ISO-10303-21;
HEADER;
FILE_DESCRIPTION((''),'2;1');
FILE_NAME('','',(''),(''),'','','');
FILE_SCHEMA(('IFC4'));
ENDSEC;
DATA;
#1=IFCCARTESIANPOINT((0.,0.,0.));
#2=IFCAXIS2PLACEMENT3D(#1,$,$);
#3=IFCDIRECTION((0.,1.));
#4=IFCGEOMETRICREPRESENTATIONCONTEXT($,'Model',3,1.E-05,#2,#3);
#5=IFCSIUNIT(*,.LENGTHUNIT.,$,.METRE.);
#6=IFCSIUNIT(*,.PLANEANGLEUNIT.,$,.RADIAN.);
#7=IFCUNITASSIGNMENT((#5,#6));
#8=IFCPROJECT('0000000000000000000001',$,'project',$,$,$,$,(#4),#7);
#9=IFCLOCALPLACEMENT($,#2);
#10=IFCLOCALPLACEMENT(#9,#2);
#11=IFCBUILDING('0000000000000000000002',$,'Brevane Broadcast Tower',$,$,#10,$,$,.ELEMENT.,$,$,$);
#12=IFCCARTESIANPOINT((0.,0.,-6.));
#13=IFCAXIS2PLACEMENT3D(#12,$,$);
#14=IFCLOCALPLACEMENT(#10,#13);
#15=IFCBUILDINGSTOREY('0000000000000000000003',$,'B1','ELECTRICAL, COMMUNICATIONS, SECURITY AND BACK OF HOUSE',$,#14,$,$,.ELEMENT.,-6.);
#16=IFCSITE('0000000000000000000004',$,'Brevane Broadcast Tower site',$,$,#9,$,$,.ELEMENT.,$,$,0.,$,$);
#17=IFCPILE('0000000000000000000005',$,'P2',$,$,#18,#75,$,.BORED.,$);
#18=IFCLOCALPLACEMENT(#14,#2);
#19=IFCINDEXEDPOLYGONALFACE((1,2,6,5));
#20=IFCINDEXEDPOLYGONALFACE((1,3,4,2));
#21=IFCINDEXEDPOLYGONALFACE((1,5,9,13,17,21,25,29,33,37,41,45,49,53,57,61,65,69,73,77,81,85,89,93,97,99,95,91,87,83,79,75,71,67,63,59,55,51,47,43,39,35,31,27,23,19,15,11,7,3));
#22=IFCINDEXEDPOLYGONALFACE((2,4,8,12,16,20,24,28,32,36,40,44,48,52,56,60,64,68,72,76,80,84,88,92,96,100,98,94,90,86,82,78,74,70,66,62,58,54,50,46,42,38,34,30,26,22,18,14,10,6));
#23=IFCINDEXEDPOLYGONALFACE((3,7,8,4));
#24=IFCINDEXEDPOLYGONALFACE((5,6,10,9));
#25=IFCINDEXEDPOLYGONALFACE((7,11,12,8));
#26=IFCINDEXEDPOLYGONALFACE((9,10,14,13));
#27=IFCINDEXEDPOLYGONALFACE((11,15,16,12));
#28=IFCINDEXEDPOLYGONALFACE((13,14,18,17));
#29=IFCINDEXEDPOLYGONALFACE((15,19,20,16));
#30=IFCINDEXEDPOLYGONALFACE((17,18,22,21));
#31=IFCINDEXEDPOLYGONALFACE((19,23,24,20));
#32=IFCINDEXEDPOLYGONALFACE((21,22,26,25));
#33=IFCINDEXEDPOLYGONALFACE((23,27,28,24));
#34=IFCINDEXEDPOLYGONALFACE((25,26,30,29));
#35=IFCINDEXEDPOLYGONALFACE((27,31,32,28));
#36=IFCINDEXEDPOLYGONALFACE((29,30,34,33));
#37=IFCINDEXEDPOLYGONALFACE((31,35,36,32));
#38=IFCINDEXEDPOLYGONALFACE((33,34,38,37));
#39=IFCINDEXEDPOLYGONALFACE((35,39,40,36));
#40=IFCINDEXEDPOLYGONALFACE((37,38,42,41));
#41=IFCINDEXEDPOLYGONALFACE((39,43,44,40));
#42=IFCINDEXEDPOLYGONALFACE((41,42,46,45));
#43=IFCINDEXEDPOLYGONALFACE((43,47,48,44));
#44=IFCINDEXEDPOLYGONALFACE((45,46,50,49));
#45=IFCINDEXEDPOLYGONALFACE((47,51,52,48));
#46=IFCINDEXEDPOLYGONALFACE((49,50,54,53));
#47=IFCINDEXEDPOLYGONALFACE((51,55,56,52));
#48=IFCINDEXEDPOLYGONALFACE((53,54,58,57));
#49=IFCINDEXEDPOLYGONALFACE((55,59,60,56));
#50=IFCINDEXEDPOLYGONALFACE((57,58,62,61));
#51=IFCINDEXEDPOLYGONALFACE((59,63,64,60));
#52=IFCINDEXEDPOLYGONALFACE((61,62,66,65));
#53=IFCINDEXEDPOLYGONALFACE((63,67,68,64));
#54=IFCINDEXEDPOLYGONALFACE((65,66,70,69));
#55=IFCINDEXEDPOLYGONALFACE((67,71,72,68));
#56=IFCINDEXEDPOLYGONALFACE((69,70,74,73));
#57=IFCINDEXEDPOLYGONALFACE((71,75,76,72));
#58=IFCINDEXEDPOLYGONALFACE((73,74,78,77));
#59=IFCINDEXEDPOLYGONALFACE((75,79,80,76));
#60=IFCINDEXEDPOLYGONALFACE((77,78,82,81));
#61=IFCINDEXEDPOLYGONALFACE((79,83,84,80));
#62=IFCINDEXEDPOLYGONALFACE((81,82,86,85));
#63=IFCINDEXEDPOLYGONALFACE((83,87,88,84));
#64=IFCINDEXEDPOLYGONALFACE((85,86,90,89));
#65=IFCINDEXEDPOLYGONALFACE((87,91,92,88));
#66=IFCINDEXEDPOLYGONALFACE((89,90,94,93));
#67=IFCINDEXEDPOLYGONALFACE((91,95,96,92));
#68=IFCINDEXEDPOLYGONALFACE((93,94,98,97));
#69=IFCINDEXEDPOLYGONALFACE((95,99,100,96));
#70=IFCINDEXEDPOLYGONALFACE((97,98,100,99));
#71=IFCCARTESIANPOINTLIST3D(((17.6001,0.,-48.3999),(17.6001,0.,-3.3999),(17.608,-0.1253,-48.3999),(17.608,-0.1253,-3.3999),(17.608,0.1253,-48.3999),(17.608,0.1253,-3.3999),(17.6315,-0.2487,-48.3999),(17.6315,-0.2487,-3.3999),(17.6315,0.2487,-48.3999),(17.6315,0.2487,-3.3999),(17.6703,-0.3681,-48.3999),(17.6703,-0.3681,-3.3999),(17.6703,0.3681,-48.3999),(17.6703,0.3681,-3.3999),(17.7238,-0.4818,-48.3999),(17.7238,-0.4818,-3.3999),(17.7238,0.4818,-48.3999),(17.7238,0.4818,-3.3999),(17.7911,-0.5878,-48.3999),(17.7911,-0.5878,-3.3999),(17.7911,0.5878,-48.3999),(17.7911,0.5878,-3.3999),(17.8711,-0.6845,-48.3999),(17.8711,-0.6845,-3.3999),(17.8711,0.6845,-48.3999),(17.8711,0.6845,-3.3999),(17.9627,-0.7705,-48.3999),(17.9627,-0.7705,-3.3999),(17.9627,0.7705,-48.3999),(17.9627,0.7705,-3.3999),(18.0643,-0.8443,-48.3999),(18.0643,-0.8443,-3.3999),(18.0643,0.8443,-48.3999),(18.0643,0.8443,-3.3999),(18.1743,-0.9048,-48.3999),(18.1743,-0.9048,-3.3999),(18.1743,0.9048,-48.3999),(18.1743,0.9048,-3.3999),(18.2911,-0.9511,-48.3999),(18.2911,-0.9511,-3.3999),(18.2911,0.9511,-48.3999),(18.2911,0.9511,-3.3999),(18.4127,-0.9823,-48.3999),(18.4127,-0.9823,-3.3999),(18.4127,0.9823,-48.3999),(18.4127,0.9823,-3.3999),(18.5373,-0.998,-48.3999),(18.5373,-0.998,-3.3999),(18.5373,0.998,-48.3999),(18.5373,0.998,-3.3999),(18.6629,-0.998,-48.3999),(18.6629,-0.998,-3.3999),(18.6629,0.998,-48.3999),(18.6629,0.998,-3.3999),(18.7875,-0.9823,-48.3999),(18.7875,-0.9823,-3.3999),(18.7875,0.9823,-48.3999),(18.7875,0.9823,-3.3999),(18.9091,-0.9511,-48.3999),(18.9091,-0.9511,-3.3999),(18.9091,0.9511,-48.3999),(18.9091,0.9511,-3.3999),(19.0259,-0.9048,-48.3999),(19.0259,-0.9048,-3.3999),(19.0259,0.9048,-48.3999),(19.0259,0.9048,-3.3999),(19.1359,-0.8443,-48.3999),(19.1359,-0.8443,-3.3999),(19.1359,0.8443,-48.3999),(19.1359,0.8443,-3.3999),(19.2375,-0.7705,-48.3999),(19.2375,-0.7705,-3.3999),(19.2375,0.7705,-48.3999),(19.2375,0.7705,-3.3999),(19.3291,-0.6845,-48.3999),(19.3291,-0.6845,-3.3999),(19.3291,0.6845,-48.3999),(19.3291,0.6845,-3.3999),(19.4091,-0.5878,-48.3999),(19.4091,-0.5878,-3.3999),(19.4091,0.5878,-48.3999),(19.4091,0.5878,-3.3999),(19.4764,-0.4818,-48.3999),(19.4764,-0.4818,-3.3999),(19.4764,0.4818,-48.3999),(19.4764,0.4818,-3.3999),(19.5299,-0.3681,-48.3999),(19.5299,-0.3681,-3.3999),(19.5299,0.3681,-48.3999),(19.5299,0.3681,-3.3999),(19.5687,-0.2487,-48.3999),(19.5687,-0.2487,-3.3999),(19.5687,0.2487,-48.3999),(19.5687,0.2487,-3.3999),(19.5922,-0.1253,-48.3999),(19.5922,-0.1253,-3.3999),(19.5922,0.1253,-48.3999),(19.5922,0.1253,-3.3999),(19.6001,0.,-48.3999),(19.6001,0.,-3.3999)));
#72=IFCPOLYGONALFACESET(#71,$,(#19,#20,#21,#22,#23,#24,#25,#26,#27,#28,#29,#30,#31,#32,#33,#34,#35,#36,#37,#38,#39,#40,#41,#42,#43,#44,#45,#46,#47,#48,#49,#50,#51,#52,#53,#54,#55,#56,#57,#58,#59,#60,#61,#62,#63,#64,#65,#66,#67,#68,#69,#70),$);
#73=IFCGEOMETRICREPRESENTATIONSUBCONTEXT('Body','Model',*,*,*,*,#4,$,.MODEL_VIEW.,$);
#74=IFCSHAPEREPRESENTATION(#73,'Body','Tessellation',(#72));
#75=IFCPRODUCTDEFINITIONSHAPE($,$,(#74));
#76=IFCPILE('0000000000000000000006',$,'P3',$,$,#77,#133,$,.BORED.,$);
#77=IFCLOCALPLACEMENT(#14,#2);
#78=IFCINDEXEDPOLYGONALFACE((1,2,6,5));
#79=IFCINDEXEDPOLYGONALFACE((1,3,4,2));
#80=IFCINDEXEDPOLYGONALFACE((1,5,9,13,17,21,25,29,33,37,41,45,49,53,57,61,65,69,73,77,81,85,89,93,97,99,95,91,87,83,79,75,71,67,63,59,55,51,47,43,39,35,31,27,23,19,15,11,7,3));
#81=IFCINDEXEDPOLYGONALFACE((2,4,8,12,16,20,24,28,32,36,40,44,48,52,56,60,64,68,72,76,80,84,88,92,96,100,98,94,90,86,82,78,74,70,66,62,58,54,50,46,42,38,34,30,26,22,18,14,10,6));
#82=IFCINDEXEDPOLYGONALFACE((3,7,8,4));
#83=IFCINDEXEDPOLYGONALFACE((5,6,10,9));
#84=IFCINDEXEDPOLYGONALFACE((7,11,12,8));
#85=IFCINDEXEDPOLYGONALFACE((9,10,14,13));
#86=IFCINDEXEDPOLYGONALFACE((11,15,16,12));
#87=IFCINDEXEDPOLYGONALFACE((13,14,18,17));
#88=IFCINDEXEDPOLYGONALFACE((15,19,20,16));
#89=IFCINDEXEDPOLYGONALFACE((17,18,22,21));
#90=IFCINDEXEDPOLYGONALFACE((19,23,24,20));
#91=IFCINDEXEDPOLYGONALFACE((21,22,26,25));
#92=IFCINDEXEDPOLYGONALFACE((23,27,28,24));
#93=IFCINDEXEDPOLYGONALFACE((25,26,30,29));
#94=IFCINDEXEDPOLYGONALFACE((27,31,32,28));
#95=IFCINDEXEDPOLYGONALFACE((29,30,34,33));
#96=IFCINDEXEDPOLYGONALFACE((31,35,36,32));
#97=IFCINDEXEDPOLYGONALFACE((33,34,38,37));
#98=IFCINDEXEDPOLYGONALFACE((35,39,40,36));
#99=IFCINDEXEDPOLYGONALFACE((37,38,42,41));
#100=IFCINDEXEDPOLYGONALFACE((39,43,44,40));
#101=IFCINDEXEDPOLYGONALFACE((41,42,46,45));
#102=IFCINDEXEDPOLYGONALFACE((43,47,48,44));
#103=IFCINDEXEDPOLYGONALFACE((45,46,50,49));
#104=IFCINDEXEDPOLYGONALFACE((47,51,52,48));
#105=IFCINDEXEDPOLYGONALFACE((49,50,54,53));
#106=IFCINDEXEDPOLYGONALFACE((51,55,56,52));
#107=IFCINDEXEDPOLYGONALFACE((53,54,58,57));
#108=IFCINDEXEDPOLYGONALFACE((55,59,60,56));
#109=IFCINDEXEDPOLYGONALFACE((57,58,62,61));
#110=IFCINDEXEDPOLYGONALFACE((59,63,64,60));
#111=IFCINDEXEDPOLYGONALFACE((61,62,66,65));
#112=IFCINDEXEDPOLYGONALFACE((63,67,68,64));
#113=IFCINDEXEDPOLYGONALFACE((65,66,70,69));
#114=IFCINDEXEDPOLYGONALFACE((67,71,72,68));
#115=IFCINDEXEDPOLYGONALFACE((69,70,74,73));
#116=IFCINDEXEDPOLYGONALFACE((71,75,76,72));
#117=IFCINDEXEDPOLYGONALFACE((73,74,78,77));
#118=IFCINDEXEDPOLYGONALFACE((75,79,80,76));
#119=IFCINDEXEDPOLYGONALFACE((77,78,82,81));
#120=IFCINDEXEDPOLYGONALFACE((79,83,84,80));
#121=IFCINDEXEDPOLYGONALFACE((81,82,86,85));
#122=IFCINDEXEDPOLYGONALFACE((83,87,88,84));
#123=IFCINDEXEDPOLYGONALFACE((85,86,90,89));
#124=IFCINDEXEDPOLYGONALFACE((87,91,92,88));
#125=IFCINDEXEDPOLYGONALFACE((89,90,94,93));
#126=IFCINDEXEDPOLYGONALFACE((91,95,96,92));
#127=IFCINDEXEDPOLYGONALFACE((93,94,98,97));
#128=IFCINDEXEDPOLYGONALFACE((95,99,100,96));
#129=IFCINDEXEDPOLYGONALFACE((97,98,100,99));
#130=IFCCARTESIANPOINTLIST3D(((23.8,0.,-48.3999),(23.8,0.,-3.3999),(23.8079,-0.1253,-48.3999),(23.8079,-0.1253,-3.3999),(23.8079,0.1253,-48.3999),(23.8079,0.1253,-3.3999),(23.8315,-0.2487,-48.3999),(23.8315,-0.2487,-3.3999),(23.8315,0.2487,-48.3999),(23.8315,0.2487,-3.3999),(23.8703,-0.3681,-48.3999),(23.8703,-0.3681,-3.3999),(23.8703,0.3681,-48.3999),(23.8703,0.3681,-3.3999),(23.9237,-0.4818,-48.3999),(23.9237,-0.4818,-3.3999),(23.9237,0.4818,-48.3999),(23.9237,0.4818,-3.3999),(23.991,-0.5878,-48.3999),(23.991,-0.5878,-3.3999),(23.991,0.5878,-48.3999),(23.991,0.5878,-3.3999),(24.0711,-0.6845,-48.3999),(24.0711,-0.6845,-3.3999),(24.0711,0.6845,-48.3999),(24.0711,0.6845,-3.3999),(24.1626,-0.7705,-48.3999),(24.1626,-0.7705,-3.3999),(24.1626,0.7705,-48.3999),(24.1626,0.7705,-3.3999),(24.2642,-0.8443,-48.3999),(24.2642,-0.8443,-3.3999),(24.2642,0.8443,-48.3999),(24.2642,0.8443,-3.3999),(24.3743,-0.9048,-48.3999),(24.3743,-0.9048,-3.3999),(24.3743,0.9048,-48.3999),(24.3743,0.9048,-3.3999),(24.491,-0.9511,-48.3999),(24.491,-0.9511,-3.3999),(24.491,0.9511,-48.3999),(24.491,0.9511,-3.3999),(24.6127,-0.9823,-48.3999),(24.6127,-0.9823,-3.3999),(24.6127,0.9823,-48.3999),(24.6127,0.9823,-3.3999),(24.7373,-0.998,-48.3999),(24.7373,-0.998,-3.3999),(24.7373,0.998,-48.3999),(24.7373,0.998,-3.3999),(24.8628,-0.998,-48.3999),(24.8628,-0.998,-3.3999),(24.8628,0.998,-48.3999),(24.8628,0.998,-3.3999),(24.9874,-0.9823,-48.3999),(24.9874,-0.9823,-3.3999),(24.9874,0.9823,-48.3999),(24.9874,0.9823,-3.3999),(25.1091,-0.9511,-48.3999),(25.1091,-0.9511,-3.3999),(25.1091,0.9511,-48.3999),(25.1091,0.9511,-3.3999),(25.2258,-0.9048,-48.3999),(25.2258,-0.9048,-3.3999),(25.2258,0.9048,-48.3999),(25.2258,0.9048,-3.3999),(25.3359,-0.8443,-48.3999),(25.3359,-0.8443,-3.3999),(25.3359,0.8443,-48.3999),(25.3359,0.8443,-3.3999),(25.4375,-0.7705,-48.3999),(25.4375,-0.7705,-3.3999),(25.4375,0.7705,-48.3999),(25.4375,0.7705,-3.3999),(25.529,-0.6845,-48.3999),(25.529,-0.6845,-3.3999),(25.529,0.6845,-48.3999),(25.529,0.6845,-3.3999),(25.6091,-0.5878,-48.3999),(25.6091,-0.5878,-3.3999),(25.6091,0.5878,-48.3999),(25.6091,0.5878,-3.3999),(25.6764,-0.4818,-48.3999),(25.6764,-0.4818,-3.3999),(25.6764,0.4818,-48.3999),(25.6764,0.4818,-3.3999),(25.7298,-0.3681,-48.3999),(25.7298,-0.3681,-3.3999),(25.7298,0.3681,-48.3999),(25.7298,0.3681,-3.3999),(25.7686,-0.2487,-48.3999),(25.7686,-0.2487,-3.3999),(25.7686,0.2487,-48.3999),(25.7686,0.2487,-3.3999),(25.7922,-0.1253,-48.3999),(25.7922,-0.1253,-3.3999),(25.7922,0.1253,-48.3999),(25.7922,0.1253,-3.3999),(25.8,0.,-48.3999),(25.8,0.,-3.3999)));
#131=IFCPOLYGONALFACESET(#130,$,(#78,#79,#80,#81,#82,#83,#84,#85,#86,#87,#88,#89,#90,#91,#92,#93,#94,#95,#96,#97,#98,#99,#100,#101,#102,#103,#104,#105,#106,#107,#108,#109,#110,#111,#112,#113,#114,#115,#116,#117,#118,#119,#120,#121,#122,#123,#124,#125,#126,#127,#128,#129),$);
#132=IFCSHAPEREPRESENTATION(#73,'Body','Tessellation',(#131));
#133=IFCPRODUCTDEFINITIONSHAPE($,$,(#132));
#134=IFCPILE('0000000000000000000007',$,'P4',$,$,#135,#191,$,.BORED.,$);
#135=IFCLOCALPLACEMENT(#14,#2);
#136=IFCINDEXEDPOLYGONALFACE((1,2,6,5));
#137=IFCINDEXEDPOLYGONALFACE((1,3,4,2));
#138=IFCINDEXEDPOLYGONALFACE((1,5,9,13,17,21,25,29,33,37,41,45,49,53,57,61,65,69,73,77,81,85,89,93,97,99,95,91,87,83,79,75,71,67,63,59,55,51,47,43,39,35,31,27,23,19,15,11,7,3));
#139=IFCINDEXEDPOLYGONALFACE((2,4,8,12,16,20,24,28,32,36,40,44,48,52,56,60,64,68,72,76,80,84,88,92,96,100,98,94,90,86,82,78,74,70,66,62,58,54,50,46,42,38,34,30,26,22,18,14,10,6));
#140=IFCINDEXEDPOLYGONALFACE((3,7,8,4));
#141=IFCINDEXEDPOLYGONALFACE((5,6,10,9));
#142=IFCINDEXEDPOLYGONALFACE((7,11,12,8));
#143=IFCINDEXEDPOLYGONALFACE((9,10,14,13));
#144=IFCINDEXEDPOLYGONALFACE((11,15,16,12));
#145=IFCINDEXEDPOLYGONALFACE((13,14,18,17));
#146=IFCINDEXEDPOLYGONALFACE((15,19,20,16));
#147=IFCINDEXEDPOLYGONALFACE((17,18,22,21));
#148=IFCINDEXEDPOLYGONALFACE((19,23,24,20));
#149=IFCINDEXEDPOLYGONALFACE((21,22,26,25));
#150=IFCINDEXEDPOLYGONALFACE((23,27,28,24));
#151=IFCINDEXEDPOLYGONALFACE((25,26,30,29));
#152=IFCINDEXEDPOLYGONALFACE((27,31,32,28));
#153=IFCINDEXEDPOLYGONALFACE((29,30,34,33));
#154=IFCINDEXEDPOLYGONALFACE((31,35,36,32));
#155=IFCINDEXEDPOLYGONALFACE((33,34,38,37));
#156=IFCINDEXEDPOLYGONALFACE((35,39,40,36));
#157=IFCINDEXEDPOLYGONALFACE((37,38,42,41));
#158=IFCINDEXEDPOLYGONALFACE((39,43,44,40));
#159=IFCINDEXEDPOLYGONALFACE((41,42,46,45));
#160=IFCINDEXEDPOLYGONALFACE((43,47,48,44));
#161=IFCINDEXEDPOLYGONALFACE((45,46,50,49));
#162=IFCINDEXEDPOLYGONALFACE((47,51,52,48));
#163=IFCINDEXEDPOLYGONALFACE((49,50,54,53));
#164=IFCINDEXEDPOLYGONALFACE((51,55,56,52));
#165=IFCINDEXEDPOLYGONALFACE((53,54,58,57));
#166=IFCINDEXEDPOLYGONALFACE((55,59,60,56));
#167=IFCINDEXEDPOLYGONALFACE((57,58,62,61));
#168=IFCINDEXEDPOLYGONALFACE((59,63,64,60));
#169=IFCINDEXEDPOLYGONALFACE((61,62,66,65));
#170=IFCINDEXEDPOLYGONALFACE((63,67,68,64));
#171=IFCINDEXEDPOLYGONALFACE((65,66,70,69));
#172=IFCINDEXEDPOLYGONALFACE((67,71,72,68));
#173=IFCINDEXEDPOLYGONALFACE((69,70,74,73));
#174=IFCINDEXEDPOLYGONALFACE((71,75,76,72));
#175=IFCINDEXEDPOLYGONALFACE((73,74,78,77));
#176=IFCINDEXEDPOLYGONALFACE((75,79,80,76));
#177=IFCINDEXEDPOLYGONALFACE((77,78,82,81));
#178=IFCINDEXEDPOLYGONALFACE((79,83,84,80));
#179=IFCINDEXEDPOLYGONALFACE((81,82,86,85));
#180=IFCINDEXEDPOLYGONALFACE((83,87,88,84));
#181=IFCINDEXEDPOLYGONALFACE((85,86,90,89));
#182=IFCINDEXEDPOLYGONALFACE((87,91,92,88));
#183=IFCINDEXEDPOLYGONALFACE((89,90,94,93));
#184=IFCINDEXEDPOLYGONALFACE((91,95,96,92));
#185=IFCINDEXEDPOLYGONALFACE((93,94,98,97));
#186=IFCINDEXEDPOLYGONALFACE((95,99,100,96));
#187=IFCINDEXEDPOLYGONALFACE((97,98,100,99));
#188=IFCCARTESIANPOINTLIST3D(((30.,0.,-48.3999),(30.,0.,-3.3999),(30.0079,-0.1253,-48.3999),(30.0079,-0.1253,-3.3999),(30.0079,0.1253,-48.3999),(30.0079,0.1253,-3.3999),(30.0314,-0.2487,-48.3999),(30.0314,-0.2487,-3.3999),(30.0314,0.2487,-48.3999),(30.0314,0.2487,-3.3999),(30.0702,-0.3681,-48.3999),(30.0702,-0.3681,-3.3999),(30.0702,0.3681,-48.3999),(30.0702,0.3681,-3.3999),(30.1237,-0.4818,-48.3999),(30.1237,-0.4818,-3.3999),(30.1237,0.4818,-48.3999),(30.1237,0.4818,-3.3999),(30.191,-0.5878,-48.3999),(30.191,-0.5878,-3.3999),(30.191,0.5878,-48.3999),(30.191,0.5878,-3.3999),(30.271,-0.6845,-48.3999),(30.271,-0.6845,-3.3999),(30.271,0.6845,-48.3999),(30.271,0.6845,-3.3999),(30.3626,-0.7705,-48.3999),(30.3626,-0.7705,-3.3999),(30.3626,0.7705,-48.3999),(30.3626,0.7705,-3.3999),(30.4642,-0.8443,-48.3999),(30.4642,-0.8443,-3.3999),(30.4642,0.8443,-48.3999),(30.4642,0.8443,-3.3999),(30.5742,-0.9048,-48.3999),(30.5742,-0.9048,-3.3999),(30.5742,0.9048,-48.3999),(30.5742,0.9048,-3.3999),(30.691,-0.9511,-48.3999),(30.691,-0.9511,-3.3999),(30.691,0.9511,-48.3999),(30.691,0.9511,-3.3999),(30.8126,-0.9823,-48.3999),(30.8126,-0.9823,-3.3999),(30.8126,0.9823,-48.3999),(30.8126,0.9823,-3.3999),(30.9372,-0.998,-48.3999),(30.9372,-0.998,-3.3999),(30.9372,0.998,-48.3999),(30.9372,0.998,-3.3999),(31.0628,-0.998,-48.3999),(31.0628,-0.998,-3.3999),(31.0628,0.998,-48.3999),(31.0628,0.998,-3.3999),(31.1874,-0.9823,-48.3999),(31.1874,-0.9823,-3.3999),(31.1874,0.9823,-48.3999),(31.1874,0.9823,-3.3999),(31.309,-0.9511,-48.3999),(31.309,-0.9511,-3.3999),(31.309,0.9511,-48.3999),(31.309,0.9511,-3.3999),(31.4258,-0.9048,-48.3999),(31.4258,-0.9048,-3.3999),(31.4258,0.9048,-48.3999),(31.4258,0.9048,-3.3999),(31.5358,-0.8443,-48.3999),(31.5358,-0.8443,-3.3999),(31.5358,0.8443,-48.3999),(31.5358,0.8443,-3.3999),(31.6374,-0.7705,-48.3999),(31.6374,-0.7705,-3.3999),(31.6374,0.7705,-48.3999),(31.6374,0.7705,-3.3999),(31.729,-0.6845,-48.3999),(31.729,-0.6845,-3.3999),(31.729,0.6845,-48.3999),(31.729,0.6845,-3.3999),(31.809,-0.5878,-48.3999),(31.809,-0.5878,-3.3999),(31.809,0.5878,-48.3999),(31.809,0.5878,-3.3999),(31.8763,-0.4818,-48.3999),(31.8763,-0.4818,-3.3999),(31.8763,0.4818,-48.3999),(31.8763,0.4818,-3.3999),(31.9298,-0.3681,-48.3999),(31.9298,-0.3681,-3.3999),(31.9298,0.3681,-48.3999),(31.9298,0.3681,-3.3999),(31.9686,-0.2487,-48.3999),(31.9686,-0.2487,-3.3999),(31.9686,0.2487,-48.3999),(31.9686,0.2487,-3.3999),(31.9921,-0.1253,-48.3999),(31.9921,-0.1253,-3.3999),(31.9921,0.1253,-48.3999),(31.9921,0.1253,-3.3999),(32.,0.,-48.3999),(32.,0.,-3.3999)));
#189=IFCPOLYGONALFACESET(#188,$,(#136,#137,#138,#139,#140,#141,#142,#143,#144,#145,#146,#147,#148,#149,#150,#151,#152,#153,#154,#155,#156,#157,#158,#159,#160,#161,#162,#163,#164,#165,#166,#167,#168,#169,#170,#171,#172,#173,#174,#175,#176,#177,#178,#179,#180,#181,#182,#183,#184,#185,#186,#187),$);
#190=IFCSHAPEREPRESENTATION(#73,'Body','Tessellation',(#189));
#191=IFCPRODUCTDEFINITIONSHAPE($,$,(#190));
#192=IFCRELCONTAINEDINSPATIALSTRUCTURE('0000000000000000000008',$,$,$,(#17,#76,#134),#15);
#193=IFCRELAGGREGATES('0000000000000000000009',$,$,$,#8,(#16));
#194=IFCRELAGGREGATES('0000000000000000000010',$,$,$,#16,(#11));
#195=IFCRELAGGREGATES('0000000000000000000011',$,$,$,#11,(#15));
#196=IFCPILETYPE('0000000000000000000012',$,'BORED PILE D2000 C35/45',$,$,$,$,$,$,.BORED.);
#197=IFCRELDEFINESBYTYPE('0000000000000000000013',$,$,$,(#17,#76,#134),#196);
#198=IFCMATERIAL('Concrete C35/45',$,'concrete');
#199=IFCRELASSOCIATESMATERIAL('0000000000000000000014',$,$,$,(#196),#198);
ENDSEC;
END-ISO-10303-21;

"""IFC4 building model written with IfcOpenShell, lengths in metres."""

from ifc_helpers import new_model, si_unit, direction, frame, origin, origin_2d, place, context, subcontext, project, spatial, circle, extrude, material, material_profile, profile_set, type_object, element, save


model = new_model("IFC4")

# Units and contexts
model_context = context("Model", 3, precision=1e-05, world=origin(), true_north=direction((0.0, 1.0)))
body_context = subcontext(model_context, "Body", "Model", "MODEL_VIEW")
ifc_project = project(units=[si_unit("LENGTHUNIT", "METRE"), si_unit("PLANEANGLEUNIT", "RADIAN")], contexts=[model_context])

# Site, building, storey
site_placement = place(None, origin())
site = spatial("IfcSite", under=ifc_project, at=site_placement, Name="Brevane Broadcast Tower site", CompositionType="ELEMENT", RefElevation=0.0)
building_placement = place(site_placement, origin())
building = spatial("IfcBuilding", under=site, at=building_placement, Name="Brevane Broadcast Tower", CompositionType="ELEMENT")
storey_placement = place(building_placement, frame((0.0, 0.0, -6.0)))
storey = spatial("IfcBuildingStorey", under=building, at=storey_placement, Name="B1", Description="ELECTRICAL, COMMUNICATIONS, SECURITY AND BACK OF HOUSE", CompositionType="ELEMENT", Elevation=-6.0)

# Piles
ifc_material_1 = material(Name="Concrete C35/45", Category="concrete")
ifc_material_profile = material_profile(ifc_material_1, circle(Radius=1.0, at=origin_2d()), Name="RC D2000")
ifc_profile_set = profile_set([ifc_material_profile], Name="Concrete C35/45")
pile_type = type_object("IfcPileType", Name="BORED PILE D2000 C35/45", PredefinedType="BORED", material=ifc_profile_set)
for number, where, z_axis, x_axis, name in (
    (1, (18.6001, 0.0, -3.3999), (0.0, 0.0, -1.0), (1.0, 0.0, 0.0), "P2"),
    (2, (24.8, 0.0, -3.3999), (0.0, 0.0, -1.0), (1.0, 0.0, 0.0), "P3"),
    (3, (31.0, 0.0, -3.3999), (0.0, 0.0, -1.0), (1.0, 0.0, 0.0), "P4"),
):
    element("IfcPile", number, at=place(storey_placement, frame(where, z_axis=z_axis, x_axis=x_axis)), inside=storey, type_object=pile_type, Name=name, PredefinedType="BORED", context=body_context, shape_type="SweptSolid", body=[
        extrude(circle(Radius=1.0, at=origin_2d()), origin(), (0.0, 0.0, 1.0), 45.0),
    ])

save(model, "model.ifc")
